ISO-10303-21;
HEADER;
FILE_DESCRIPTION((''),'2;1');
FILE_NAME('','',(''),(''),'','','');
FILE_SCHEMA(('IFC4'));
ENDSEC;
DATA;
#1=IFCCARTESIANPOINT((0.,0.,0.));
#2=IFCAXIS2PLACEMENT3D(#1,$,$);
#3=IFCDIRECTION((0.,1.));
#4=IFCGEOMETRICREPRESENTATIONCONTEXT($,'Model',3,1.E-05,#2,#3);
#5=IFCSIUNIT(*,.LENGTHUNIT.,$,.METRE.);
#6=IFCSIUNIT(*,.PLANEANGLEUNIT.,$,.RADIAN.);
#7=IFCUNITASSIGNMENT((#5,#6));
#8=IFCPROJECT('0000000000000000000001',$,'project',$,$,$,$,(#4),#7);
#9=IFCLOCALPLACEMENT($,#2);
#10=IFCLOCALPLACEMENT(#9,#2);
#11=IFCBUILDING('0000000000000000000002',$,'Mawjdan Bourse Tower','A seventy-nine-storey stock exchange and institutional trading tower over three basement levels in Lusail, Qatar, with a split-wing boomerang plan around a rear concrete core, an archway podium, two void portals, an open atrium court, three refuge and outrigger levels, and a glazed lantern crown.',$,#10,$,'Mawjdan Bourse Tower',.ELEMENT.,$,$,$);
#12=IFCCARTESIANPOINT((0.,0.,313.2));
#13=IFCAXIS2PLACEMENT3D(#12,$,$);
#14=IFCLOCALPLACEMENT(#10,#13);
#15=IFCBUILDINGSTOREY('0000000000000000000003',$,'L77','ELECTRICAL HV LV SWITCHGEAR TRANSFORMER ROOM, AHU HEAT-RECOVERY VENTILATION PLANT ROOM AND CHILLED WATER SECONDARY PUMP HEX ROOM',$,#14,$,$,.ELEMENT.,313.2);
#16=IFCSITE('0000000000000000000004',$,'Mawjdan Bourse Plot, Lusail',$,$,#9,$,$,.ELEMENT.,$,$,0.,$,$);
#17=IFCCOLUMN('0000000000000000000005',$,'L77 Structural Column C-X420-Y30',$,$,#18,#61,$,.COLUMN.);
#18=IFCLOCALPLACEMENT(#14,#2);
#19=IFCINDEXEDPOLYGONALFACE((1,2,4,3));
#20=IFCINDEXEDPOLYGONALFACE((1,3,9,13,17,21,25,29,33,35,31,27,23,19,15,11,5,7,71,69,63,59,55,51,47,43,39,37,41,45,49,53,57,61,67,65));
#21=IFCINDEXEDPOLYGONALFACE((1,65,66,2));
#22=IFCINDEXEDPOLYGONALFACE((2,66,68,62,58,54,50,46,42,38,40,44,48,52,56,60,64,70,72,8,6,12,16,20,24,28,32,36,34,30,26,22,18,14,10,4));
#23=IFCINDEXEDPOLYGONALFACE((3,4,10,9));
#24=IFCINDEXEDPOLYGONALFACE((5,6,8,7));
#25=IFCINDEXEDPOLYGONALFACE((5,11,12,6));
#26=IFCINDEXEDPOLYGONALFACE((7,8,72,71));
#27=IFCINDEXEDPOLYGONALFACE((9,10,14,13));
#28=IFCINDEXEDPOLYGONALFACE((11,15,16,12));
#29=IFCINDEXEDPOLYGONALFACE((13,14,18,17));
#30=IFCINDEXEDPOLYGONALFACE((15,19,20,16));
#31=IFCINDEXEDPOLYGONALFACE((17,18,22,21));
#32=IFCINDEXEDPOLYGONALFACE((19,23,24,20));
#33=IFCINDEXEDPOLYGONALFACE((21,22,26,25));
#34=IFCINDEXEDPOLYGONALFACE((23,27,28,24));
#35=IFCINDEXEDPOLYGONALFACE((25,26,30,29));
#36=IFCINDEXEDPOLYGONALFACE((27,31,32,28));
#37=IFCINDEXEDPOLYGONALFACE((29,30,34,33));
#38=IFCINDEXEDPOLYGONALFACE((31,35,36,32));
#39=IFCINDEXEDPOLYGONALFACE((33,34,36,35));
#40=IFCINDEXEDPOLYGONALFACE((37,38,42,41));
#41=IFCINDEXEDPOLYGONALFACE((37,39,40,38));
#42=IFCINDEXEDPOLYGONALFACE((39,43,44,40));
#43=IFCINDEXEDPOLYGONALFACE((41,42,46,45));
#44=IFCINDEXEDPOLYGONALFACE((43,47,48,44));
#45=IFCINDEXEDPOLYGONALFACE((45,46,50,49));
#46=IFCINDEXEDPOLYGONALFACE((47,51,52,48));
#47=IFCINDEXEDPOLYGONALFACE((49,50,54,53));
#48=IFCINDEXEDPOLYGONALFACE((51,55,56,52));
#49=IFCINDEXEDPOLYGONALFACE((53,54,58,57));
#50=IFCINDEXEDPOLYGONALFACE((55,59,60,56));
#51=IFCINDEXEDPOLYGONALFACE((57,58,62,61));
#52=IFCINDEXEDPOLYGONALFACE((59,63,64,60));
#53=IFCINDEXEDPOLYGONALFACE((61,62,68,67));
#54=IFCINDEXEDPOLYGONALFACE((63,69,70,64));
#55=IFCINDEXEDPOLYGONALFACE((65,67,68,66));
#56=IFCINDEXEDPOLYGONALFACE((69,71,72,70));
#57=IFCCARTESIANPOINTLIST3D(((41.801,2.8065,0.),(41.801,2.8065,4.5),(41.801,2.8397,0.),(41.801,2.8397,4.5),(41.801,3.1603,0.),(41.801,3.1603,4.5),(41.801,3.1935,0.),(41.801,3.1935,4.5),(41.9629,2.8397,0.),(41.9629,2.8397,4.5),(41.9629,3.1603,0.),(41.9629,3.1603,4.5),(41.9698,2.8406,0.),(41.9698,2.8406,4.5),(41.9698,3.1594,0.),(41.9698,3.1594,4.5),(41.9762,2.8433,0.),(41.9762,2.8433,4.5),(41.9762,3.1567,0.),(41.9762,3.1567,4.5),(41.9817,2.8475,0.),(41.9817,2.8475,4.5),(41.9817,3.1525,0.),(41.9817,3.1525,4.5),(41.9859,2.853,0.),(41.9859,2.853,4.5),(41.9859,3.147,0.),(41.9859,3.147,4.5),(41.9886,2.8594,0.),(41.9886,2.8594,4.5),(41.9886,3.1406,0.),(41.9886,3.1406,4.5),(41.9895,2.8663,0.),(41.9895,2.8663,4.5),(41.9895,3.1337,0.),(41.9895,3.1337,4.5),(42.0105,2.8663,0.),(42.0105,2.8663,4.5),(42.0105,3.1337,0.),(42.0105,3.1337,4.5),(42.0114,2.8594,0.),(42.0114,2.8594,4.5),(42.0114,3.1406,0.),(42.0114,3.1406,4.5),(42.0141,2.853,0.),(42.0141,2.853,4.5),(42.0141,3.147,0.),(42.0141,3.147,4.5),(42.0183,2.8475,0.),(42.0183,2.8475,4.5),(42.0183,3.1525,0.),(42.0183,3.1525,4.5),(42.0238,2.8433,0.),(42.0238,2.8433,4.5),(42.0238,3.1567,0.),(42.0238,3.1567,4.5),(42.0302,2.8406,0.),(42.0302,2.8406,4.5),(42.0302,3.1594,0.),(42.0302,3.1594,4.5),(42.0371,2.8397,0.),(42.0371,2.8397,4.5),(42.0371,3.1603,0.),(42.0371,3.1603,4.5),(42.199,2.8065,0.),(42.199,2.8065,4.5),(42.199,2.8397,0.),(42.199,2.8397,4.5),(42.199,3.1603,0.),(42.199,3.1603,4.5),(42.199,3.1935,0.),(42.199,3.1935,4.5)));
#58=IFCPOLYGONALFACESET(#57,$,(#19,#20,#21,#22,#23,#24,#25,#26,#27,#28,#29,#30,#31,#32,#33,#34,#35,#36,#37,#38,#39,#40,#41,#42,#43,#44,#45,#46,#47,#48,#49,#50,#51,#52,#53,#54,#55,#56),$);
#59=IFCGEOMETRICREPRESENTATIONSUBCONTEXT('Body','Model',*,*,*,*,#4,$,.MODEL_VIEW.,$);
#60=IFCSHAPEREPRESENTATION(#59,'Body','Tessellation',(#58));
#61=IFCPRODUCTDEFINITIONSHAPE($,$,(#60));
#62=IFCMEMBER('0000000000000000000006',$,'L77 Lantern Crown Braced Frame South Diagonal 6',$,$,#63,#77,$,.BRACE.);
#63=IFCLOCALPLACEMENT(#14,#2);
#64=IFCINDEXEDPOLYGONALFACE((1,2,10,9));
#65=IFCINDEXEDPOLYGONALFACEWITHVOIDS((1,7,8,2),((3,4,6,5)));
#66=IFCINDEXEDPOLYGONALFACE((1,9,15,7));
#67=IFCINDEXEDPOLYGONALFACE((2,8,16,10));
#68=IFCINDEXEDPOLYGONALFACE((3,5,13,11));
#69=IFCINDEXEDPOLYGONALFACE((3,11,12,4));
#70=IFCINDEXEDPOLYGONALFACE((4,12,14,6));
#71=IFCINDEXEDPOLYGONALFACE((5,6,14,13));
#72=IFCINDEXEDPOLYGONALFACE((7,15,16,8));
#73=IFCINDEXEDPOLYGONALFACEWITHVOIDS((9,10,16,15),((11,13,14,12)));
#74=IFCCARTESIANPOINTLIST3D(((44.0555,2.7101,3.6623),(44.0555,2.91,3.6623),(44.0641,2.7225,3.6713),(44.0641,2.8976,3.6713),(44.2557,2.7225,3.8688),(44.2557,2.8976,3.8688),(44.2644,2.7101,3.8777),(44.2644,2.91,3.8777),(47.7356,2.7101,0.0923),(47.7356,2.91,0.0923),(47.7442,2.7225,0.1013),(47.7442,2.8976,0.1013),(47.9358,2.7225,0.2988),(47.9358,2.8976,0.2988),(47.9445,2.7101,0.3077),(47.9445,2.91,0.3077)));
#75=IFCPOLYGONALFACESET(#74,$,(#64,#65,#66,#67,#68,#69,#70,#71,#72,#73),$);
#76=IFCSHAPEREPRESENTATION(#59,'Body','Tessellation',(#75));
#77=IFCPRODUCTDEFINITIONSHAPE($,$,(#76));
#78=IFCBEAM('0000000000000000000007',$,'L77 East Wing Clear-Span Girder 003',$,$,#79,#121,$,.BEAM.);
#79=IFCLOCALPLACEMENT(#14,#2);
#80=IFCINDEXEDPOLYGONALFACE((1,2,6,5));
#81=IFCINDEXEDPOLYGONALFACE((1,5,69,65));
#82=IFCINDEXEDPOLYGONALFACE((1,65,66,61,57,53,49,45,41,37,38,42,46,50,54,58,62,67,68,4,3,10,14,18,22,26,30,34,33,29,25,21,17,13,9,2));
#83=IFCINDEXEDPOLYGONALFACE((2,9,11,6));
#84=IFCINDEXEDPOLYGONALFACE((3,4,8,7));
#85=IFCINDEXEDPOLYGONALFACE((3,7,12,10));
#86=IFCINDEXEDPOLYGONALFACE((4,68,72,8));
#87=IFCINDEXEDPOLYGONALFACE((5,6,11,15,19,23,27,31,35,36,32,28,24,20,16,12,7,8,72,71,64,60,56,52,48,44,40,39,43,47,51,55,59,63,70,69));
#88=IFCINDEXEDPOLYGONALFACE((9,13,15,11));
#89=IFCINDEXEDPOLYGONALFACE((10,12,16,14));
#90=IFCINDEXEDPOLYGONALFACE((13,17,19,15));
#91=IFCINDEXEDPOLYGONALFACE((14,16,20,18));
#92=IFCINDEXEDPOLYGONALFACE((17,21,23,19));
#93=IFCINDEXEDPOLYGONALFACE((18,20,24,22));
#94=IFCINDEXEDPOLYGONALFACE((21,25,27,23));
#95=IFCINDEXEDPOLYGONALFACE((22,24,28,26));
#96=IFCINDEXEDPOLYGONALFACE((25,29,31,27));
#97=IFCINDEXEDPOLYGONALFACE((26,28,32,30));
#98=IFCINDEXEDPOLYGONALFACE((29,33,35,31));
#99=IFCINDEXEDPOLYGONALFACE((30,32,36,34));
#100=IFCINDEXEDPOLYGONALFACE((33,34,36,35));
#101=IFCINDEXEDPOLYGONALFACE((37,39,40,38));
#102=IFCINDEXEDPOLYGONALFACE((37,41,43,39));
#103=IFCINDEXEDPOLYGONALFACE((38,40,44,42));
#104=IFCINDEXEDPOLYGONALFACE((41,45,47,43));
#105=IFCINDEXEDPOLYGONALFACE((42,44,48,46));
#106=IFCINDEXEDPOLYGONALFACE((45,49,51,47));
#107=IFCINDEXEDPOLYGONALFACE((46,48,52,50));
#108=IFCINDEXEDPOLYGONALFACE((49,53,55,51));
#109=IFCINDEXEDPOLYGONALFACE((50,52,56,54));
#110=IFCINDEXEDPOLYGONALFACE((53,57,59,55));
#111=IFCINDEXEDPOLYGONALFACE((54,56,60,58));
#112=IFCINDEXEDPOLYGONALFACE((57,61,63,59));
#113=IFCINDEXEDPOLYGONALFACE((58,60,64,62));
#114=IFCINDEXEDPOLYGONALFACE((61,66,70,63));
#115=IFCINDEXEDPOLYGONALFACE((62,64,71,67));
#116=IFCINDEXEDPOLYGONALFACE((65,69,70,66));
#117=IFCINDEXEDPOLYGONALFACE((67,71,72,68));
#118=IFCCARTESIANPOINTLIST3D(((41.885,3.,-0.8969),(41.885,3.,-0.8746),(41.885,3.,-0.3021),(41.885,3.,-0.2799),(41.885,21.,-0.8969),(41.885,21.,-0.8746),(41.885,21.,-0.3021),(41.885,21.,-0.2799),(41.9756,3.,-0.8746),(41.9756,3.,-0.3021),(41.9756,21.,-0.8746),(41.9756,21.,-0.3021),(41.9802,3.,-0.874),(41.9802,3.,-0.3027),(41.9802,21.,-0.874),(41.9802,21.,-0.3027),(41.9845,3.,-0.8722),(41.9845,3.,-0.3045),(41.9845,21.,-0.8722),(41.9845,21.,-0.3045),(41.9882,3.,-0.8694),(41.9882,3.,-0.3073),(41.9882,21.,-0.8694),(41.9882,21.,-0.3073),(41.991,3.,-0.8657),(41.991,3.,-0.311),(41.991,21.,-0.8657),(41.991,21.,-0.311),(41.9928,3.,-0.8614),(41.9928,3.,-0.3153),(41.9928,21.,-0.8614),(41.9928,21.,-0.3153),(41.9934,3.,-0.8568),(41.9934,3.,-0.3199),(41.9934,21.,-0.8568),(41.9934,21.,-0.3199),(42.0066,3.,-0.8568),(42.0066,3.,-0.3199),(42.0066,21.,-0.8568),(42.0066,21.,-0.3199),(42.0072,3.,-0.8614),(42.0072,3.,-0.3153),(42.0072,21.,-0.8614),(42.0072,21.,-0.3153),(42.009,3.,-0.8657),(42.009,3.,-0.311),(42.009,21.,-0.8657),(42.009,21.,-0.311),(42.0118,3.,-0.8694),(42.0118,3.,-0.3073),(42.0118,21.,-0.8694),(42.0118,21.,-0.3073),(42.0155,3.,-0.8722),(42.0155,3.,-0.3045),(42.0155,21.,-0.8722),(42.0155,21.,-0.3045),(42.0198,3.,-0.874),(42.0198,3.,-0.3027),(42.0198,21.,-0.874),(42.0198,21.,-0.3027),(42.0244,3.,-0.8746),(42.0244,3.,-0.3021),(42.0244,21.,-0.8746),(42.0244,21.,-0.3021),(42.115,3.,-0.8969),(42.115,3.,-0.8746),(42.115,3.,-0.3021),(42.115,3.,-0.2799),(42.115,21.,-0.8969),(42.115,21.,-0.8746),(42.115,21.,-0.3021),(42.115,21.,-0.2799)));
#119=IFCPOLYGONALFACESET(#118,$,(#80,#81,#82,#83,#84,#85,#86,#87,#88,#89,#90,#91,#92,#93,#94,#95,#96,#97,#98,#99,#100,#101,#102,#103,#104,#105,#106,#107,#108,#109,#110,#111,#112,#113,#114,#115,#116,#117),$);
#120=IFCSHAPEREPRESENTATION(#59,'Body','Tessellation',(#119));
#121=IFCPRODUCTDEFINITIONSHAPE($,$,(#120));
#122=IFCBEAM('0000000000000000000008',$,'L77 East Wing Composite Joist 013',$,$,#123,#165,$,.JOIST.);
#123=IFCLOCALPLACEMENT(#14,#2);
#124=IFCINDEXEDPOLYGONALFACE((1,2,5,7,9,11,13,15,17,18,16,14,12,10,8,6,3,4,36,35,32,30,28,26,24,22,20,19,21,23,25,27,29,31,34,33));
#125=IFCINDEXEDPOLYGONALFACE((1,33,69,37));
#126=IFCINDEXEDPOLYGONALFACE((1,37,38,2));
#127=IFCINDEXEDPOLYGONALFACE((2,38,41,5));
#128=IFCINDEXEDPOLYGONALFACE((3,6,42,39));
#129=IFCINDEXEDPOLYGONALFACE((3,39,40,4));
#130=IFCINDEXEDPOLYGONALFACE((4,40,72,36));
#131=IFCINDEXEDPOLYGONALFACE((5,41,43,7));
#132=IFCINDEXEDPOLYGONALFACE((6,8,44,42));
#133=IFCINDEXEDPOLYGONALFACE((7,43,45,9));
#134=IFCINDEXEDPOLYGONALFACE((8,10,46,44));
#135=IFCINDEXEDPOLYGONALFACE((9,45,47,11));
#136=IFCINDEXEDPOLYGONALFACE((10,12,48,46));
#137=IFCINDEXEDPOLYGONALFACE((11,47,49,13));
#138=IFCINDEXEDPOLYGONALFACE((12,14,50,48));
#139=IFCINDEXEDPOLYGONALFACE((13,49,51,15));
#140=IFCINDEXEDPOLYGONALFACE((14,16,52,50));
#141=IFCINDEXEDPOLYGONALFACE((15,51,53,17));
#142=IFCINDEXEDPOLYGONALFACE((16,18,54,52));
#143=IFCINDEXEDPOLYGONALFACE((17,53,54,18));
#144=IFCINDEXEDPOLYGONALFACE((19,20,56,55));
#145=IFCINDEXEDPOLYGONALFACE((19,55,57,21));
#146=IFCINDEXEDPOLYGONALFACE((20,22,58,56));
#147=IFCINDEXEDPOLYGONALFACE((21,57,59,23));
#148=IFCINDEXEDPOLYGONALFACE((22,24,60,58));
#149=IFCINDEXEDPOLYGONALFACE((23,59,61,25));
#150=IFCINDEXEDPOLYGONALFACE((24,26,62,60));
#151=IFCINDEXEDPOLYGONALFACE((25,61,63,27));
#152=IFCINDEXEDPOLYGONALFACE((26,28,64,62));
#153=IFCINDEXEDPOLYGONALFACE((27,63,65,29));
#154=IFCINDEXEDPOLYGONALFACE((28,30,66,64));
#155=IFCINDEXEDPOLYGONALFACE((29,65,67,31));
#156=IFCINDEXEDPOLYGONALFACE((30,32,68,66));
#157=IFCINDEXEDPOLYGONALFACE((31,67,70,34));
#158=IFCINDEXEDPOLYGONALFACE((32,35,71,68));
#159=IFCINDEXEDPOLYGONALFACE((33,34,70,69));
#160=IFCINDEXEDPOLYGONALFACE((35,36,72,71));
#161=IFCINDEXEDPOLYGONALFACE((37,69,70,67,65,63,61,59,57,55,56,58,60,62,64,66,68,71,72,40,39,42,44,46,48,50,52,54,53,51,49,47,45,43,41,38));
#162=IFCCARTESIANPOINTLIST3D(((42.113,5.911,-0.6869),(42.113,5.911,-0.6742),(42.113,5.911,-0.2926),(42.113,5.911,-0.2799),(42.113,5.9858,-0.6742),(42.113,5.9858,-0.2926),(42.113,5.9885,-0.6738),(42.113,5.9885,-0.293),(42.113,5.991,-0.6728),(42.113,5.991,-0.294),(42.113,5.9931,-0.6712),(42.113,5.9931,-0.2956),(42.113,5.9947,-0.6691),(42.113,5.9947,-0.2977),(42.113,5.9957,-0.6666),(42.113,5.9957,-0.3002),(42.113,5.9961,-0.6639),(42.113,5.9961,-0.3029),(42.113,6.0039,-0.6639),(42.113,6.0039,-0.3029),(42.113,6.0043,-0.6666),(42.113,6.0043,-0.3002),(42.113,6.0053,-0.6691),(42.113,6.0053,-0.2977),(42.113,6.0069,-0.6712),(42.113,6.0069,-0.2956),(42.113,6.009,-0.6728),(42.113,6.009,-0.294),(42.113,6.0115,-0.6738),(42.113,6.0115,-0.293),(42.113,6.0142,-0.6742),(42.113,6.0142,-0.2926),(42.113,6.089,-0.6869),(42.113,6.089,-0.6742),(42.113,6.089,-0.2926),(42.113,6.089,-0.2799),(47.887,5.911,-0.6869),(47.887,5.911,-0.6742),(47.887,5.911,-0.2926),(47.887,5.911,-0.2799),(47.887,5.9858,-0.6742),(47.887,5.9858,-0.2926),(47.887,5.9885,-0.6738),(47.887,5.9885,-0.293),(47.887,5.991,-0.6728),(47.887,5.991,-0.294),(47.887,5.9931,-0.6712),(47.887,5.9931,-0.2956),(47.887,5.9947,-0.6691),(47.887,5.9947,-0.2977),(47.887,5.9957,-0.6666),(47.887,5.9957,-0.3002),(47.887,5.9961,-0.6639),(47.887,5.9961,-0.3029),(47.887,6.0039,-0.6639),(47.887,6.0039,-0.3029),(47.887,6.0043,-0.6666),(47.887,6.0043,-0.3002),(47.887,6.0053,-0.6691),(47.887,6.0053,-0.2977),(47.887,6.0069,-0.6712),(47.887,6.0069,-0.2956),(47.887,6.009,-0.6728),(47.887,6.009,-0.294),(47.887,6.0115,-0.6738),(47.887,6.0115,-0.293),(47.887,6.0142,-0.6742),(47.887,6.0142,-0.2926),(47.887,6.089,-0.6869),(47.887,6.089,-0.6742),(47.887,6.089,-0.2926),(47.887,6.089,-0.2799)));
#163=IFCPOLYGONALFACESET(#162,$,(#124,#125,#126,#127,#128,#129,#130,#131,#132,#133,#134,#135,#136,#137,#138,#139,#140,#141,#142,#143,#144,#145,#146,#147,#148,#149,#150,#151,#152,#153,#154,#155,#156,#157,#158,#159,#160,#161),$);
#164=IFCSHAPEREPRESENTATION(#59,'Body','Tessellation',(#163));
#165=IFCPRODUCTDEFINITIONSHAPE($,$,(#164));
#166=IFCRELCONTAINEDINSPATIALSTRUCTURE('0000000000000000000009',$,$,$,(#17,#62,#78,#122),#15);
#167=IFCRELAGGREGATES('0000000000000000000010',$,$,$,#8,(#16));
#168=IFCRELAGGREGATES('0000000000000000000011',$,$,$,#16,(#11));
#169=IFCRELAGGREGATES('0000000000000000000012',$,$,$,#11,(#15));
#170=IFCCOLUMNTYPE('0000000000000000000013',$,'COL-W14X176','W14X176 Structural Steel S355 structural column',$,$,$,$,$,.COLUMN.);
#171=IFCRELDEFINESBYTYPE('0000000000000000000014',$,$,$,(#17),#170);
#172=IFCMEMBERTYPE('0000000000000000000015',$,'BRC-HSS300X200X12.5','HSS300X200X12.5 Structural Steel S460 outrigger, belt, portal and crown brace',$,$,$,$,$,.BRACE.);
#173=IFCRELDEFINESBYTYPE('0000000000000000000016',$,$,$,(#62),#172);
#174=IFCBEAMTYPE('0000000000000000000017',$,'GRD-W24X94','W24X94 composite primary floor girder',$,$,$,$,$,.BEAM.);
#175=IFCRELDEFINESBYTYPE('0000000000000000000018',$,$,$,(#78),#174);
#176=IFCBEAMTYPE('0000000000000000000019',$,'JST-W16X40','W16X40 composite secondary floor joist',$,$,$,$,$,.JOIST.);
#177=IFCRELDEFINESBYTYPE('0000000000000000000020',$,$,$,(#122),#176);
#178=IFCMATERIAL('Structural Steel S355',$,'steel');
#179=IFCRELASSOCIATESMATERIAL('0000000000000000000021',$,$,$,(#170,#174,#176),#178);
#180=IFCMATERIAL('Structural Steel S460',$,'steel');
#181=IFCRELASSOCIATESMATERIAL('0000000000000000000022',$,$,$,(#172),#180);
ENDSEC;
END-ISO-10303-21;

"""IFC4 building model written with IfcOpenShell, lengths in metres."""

from ifc_helpers import new_model, si_unit, direction, frame, origin, origin_2d, place, context, subcontext, project, spatial, hollow_rectangle, i_section, extrude, material, material_profile, profile_set, type_object, element, save


model = new_model("IFC4")

# Units and contexts
model_context = context("Model", 3, precision=1e-05, world=origin(), true_north=direction((0.0, 1.0)))
body_context = subcontext(model_context, "Body", "Model", "MODEL_VIEW")
ifc_project = project(units=[si_unit("LENGTHUNIT", "METRE"), si_unit("PLANEANGLEUNIT", "RADIAN")], contexts=[model_context])

# Site, building, storey
site_placement = place(None, origin())
site = spatial("IfcSite", under=ifc_project, at=site_placement, Name="Mawjdan Bourse Plot, Lusail", CompositionType="ELEMENT", RefElevation=0.0)
building_placement = place(site_placement, origin())
building = spatial("IfcBuilding", under=site, at=building_placement, Name="Mawjdan Bourse Tower", Description="A seventy-nine-storey stock exchange and institutional trading tower over three basement levels in Lusail, Qatar, with a split-wing boomerang plan around a rear concrete core, an archway podium, two void portals, an open atrium court, three refuge and outrigger levels, and a glazed lantern crown.", LongName="Mawjdan Bourse Tower", CompositionType="ELEMENT")
storey_placement = place(building_placement, frame((0.0, 0.0, 313.2)))
storey = spatial("IfcBuildingStorey", under=building, at=storey_placement, Name="L77", Description="ELECTRICAL HV LV SWITCHGEAR TRANSFORMER ROOM, AHU HEAT-RECOVERY VENTILATION PLANT ROOM AND CHILLED WATER SECONDARY PUMP HEX ROOM", CompositionType="ELEMENT", Elevation=313.2)

# Column
ifc_material_1 = material(Name="Structural Steel S355", Category="steel")
ifc_material_profile_1 = material_profile(ifc_material_1, i_section(OverallWidth=0.3979, OverallDepth=0.387, WebThickness=0.021, FlangeThickness=0.0332, FilletRadius=0.0266, at=origin_2d()), Name="W14X176")
ifc_profile_set_1 = profile_set([ifc_material_profile_1], Name="Structural Steel S355")
column_type = type_object("IfcColumnType", Name="COL-W14X176", Description="W14X176 Structural Steel S355 structural column", PredefinedType="COLUMN", material=ifc_profile_set_1)
column_placement = place(storey_placement, frame((42.0, 3.0, 0.0), z_axis=(0.0, 0.0, 1.0), x_axis=(1.0, 0.0, 0.0)))
element("IfcColumn", 1, at=column_placement, inside=storey, type_object=column_type, Name="L77 Structural Column C-X420-Y30", PredefinedType="COLUMN", context=body_context, shape_type="SweptSolid", body=[
    extrude(i_section(OverallWidth=0.3979, OverallDepth=0.387, WebThickness=0.021, FlangeThickness=0.0332, FilletRadius=0.0266, at=origin_2d()), origin(), (0.0, 0.0, 1.0), 4.5),
])

# Member
ifc_material_2 = material(Name="Structural Steel S460", Category="steel")
ifc_material_profile_2 = material_profile(ifc_material_2, hollow_rectangle(XDim=0.2, YDim=0.3, WallThickness=0.0125, at=origin_2d()), Name="HSS300X200X12.5")
ifc_profile_set_2 = profile_set([ifc_material_profile_2], Name="Structural Steel S460")
member_type_1 = type_object("IfcMemberType", Name="BRC-HSS300X200X12.5", Description="HSS300X200X12.5 Structural Steel S460 outrigger, belt, portal and crown brace", PredefinedType="BRACE", material=ifc_profile_set_2)
member_1_placement = place(storey_placement, frame((44.1599, 2.8101, 3.77), z_axis=(0.717763, 0.0, -0.696288), x_axis=(0.0, 1.0, 0.0)))
element("IfcMember", 2, at=member_1_placement, inside=storey, type_object=member_type_1, Name="L77 Lantern Crown Braced Frame South Diagonal 6", PredefinedType="BRACE", context=body_context, shape_type="SweptSolid", body=[
    extrude(hollow_rectangle(XDim=0.2, YDim=0.3, WallThickness=0.0125, at=origin_2d()), origin(), (0.0, 0.0, 1.0), 5.1272),
])

# Beams
ifc_material_profile_3 = material_profile(ifc_material_1, i_section(OverallWidth=0.23, OverallDepth=0.6169, WebThickness=0.0132, FlangeThickness=0.0222, FilletRadius=0.0178, at=origin_2d()), Name="W24X94")
ifc_profile_set_3 = profile_set([ifc_material_profile_3], Name="Structural Steel S355")
beam_type_1 = type_object("IfcBeamType", Name="GRD-W24X94", Description="W24X94 composite primary floor girder", PredefinedType="BEAM", material=ifc_profile_set_3)
beam_1_placement = place(storey_placement, frame((42.0, 3.0, -0.5884), z_axis=(0.0, 1.0, 0.0), x_axis=(-1.0, 0.0, 0.0)))
element("IfcBeam", 3, at=beam_1_placement, inside=storey, type_object=beam_type_1, Name="L77 East Wing Clear-Span Girder 003", PredefinedType="BEAM", context=body_context, shape_type="SweptSolid", body=[
    extrude(i_section(OverallWidth=0.23, OverallDepth=0.6169, WebThickness=0.0132, FlangeThickness=0.0222, FilletRadius=0.0178, at=origin_2d()), origin(), (0.0, 0.0, 1.0), 18.0),
])
ifc_material_profile_4 = material_profile(ifc_material_1, i_section(OverallWidth=0.178, OverallDepth=0.407, WebThickness=0.0078, FlangeThickness=0.0127, FilletRadius=0.0103, at=origin_2d()), Name="W16X40")
ifc_profile_set_4 = profile_set([ifc_material_profile_4], Name="Structural Steel S355")
beam_type_2 = type_object("IfcBeamType", Name="JST-W16X40", Description="W16X40 composite secondary floor joist", PredefinedType="JOIST", material=ifc_profile_set_4)
for number, where, z_axis, x_axis, name in (
    (4, (42.113, 6.0, -0.4834), (1.0, 0.0, 0.0), (0.0, 1.0, 0.0), "L77 East Wing Composite Joist 013"),
):
    element("IfcBeam", number, at=place(storey_placement, frame(where, z_axis=z_axis, x_axis=x_axis)), inside=storey, type_object=beam_type_2, Name=name, PredefinedType="JOIST", context=body_context, shape_type="SweptSolid", body=[
        extrude(i_section(OverallWidth=0.178, OverallDepth=0.407, WebThickness=0.0078, FlangeThickness=0.0127, FilletRadius=0.0103, at=origin_2d()), origin(), (0.0, 0.0, 1.0), 5.7739),
    ])

save(model, "model.ifc")
